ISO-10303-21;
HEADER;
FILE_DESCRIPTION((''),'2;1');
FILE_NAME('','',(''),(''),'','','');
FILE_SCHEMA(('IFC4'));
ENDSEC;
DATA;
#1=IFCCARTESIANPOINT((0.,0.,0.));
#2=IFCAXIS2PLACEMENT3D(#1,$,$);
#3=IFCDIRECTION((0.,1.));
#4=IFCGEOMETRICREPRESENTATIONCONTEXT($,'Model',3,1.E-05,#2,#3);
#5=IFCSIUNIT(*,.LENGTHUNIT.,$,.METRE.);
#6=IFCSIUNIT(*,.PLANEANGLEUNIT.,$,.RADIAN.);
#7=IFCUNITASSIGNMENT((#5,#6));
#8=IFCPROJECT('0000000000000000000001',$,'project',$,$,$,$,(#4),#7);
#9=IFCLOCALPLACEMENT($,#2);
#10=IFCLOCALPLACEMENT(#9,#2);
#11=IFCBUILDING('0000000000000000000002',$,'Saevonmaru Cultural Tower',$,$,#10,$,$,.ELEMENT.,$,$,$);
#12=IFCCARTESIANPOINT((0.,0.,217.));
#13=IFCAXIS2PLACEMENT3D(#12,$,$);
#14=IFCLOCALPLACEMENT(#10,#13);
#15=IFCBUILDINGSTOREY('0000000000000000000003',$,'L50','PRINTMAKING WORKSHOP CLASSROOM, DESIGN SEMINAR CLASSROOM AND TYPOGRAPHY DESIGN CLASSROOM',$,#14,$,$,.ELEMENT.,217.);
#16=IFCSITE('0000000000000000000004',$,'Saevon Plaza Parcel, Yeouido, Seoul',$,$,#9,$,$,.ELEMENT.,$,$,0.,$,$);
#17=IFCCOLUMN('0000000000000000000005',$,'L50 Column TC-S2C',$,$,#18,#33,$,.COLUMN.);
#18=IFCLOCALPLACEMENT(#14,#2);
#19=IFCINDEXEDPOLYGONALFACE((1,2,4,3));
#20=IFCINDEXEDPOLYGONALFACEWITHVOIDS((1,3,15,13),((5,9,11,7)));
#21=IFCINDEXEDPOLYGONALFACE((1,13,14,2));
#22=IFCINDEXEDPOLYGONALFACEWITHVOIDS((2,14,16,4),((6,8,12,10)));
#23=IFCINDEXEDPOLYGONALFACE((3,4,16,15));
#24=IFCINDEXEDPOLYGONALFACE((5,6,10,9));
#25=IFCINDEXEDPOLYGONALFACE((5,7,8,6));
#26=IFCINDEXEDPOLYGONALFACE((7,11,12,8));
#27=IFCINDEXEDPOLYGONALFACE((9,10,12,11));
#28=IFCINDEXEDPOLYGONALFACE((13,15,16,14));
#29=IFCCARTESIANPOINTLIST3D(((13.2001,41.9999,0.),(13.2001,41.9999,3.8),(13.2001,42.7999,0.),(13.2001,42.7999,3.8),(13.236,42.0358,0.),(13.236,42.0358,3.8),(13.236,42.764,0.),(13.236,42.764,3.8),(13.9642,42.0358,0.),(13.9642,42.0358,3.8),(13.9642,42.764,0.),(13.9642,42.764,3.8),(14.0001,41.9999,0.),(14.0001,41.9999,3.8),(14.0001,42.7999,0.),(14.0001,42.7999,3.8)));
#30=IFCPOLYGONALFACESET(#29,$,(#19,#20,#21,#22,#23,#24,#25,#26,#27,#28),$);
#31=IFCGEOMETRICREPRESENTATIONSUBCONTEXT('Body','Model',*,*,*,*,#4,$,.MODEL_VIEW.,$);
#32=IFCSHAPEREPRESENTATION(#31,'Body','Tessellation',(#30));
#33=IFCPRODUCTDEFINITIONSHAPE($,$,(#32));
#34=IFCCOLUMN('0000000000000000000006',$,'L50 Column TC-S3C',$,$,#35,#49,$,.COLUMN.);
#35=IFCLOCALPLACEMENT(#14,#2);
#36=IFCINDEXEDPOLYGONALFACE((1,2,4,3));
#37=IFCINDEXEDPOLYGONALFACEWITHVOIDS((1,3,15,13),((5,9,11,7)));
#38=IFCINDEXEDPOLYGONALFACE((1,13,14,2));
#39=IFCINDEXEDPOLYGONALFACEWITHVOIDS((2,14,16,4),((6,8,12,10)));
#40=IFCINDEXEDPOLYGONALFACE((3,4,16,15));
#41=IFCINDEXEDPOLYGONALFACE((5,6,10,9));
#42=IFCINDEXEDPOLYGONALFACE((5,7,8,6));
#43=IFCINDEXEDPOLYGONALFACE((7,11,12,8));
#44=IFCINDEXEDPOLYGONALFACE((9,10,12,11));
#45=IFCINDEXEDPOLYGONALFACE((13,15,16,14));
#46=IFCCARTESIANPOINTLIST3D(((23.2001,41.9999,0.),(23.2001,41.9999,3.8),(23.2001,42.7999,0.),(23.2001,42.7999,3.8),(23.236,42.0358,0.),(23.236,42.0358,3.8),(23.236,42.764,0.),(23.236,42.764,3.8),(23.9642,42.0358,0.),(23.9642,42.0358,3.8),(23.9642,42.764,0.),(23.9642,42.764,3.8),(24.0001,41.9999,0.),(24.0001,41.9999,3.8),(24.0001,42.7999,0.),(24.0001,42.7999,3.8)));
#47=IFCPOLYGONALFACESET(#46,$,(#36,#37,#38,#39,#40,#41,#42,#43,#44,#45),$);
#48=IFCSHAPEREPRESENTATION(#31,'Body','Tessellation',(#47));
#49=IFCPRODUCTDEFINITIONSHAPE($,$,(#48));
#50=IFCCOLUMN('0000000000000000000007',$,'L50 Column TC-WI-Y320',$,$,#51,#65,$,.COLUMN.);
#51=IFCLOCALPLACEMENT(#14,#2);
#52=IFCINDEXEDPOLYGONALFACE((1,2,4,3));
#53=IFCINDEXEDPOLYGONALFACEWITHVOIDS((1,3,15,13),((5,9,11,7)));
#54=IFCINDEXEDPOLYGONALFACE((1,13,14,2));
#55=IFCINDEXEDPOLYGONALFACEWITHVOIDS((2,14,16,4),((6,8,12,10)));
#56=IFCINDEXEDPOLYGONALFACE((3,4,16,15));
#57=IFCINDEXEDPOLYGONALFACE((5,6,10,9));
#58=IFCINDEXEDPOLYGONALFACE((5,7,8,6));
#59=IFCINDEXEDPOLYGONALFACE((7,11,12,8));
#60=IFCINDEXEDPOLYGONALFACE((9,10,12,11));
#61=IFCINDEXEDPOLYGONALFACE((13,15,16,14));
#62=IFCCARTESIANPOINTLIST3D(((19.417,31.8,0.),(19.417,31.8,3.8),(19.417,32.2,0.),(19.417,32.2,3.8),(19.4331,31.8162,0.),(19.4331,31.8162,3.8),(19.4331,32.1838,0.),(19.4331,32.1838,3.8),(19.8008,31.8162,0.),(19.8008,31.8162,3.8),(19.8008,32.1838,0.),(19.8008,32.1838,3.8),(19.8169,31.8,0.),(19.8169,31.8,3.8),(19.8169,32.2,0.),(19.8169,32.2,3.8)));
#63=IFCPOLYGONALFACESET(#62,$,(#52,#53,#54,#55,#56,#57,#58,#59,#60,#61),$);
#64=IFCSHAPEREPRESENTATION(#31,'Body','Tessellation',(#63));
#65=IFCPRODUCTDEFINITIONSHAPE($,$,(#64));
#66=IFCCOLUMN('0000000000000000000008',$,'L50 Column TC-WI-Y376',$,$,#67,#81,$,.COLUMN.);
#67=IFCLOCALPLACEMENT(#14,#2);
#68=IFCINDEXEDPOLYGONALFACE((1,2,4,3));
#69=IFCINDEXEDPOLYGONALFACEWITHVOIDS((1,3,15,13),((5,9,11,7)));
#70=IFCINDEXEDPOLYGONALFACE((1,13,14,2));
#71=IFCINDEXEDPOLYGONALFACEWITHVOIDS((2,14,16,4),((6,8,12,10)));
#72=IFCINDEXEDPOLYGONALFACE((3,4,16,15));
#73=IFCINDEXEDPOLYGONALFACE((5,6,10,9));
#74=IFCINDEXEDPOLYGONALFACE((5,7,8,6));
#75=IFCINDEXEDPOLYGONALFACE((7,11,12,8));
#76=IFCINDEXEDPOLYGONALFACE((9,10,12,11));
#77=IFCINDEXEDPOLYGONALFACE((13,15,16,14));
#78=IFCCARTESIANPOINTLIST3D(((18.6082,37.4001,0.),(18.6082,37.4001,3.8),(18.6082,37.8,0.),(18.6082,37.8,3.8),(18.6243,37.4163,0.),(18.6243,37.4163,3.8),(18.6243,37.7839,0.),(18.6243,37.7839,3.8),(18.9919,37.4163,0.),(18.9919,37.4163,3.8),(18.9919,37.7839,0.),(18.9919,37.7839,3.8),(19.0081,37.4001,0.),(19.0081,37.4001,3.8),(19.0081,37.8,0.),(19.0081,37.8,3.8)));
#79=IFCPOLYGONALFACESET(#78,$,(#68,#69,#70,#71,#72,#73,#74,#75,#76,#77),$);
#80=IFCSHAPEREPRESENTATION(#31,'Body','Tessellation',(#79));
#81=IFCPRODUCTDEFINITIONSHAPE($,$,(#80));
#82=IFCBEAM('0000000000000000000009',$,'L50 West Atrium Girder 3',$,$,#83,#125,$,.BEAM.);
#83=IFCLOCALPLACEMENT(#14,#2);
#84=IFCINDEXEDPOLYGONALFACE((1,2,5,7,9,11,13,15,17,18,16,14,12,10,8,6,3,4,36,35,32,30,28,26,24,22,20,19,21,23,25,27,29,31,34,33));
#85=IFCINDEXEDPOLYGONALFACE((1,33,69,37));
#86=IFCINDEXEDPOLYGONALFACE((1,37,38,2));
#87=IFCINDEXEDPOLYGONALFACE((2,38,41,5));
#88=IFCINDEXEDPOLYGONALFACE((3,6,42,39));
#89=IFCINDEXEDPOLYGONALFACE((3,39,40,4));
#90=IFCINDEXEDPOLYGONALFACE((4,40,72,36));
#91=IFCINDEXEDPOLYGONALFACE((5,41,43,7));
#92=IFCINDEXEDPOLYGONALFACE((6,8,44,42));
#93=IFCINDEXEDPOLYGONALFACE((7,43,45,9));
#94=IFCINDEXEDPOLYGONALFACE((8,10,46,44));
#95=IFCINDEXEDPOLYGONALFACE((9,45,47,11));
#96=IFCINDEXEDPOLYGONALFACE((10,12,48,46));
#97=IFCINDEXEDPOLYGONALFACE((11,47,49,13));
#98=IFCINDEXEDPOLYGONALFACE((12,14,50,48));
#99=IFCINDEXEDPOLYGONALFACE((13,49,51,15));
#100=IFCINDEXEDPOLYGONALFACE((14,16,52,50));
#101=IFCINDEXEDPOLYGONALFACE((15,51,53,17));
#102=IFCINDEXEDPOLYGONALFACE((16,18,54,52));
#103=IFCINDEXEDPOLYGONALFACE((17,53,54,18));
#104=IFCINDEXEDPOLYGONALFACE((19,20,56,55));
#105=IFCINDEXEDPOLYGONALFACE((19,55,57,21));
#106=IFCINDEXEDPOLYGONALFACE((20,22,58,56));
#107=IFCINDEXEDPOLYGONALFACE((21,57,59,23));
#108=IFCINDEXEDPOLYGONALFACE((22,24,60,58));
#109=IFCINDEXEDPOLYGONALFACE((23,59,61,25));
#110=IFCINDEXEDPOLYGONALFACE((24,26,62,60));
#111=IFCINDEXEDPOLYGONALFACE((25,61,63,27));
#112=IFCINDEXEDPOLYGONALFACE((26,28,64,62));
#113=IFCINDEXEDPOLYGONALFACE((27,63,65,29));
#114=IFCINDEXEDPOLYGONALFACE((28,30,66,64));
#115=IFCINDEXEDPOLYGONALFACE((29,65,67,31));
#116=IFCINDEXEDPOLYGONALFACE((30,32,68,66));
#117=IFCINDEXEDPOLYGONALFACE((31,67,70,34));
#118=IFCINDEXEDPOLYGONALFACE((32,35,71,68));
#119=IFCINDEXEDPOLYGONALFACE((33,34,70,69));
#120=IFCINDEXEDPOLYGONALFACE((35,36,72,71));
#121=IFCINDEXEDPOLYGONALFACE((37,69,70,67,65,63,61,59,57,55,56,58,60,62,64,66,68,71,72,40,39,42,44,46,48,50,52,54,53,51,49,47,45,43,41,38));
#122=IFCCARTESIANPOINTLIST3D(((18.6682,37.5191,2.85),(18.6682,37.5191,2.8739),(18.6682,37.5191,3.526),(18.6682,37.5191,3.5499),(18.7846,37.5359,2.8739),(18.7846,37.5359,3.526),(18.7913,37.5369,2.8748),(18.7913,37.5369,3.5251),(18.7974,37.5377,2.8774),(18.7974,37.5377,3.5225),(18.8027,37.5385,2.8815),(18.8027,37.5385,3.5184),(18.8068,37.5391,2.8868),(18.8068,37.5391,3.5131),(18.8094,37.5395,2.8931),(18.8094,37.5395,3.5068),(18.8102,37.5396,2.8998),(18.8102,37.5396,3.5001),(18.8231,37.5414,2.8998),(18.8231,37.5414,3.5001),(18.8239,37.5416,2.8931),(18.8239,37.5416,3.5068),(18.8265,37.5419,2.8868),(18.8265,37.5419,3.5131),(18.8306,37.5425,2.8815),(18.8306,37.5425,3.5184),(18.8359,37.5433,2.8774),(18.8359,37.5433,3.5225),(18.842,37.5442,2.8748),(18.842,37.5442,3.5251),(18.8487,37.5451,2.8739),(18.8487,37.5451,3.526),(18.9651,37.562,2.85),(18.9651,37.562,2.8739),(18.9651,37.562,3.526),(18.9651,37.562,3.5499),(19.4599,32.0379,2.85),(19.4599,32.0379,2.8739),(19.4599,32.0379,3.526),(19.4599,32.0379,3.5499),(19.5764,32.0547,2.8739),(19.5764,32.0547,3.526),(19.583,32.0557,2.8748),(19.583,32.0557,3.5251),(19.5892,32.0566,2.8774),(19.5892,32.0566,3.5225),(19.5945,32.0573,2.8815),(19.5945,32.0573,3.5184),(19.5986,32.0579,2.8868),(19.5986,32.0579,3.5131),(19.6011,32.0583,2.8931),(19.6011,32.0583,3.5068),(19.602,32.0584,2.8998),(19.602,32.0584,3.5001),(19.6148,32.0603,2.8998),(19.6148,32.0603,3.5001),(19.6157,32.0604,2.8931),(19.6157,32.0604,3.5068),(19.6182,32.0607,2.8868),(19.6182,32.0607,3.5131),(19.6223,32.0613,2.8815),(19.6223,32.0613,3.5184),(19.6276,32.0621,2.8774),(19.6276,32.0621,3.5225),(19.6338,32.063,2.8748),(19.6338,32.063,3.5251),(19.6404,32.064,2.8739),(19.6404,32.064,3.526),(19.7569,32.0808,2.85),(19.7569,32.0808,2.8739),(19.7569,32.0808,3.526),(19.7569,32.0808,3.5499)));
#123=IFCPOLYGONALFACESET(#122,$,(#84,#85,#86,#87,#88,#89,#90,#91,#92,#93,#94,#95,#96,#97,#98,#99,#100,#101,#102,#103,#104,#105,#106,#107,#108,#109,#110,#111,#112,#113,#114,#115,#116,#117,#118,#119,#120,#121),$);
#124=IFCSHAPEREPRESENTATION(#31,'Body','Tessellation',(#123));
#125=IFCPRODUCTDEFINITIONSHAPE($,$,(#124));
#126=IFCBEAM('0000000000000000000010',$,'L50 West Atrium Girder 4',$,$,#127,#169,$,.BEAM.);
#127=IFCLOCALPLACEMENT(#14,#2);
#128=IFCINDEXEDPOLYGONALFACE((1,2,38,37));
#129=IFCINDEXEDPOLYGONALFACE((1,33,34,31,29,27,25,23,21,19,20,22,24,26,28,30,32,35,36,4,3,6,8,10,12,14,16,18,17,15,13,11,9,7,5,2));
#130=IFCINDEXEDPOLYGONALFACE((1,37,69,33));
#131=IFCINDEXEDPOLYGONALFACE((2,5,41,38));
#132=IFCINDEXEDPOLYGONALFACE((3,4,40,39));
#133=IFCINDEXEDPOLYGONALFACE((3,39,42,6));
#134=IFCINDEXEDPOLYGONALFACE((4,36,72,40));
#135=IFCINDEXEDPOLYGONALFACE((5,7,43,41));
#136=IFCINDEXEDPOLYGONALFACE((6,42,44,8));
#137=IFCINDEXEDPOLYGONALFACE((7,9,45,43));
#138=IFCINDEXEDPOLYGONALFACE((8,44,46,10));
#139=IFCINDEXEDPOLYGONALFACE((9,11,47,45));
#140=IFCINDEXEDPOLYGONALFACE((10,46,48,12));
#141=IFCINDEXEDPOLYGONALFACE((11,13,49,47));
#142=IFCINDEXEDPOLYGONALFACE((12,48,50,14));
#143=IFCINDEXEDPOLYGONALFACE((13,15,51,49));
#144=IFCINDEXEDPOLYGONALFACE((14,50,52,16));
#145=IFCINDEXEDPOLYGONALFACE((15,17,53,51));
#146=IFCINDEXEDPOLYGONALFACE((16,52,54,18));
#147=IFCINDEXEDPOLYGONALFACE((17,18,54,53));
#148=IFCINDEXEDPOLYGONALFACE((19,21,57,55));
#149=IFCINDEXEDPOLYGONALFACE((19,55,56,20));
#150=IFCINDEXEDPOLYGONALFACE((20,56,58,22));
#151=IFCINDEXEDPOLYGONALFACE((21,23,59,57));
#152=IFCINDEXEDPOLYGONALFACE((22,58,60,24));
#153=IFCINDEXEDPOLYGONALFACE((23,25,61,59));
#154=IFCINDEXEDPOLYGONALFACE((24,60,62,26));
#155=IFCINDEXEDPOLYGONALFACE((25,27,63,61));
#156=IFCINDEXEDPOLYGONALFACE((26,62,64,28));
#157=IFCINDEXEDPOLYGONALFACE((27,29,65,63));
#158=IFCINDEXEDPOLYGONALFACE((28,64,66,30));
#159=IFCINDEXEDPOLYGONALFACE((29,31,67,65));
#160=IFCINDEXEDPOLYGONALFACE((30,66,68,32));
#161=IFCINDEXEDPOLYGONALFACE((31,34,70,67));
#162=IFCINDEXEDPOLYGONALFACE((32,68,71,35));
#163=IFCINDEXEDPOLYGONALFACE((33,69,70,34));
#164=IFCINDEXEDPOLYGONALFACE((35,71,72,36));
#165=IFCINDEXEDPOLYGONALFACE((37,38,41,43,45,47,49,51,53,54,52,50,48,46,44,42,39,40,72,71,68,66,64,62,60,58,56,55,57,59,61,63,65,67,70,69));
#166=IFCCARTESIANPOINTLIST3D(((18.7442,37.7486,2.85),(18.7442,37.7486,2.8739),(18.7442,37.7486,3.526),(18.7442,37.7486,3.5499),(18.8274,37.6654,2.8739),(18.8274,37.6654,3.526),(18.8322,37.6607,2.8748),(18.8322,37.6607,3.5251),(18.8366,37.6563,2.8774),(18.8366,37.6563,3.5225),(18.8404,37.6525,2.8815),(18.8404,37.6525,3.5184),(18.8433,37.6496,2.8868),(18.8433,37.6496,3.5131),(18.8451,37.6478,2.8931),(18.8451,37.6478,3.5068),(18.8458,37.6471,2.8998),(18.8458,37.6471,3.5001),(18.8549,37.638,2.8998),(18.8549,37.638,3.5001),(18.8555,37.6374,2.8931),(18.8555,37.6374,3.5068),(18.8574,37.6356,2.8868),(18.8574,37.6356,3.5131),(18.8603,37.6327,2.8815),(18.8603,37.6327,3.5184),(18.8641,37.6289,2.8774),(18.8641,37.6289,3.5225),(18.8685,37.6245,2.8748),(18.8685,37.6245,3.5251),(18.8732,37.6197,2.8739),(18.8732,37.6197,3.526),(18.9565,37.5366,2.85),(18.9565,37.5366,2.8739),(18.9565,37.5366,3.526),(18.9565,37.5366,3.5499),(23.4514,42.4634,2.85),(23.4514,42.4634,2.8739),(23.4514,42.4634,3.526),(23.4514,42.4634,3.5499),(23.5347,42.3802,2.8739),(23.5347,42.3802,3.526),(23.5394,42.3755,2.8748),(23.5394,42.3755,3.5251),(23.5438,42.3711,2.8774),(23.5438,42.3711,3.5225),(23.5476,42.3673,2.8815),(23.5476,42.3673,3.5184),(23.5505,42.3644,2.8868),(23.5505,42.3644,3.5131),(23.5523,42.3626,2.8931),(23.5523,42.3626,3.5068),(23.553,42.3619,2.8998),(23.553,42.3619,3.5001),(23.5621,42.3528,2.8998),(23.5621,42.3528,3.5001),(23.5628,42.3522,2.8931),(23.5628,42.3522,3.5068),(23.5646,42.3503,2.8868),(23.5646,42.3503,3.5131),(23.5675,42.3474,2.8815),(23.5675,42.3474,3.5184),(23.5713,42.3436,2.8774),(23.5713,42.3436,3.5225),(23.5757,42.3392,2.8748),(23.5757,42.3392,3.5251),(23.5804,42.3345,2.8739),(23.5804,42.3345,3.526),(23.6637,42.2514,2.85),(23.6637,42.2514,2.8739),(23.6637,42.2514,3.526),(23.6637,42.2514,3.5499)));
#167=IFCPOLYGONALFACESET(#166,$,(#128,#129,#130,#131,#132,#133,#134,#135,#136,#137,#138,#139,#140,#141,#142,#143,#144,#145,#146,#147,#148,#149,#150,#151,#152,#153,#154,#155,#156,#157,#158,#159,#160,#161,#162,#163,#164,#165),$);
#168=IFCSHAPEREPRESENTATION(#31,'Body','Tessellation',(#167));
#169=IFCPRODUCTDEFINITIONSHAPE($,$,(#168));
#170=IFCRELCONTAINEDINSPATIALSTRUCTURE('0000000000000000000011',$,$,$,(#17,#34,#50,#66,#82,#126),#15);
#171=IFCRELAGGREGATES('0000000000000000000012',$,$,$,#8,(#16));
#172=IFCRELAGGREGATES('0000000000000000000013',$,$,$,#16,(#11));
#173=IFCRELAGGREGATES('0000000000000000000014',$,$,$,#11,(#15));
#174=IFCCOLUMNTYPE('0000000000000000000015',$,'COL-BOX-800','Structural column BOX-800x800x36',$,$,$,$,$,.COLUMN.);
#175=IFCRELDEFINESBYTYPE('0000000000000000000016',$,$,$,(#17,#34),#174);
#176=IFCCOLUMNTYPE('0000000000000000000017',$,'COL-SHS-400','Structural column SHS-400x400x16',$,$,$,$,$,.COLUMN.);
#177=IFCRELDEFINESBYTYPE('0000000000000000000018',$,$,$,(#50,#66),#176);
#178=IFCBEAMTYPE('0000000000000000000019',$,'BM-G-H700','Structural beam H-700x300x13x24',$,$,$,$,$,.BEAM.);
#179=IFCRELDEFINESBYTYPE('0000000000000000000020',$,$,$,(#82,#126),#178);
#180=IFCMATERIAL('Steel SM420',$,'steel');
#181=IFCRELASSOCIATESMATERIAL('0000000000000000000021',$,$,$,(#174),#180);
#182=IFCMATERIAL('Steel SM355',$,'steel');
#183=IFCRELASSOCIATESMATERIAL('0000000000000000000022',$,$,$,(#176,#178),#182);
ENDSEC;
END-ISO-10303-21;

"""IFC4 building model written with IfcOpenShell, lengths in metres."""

from ifc_helpers import new_model, si_unit, direction, frame, origin, origin_2d, place, context, subcontext, project, spatial, hollow_rectangle, i_section, extrude, material, material_profile, profile_set, type_object, element, save


model = new_model("IFC4")

# Units and contexts
model_context = context("Model", 3, precision=1e-05, world=origin(), true_north=direction((0.0, 1.0)))
body_context = subcontext(model_context, "Body", "Model", "MODEL_VIEW")
ifc_project = project(units=[si_unit("LENGTHUNIT", "METRE"), si_unit("PLANEANGLEUNIT", "RADIAN")], contexts=[model_context])

# Site, building, storey
site_placement = place(None, origin())
site = spatial("IfcSite", under=ifc_project, at=site_placement, Name="Saevon Plaza Parcel, Yeouido, Seoul", CompositionType="ELEMENT", RefElevation=0.0)
building_placement = place(site_placement, origin())
building = spatial("IfcBuilding", under=site, at=building_placement, Name="Saevonmaru Cultural Tower", CompositionType="ELEMENT")
storey_placement = place(building_placement, frame((0.0, 0.0, 217.0)))
storey = spatial("IfcBuildingStorey", under=building, at=storey_placement, Name="L50", Description="PRINTMAKING WORKSHOP CLASSROOM, DESIGN SEMINAR CLASSROOM AND TYPOGRAPHY DESIGN CLASSROOM", CompositionType="ELEMENT", Elevation=217.0)

# Columns
ifc_material_1 = material(Name="Steel SM420", Category="steel")
ifc_material_profile_1 = material_profile(ifc_material_1, hollow_rectangle(XDim=0.8, YDim=0.8, WallThickness=0.0359, at=origin_2d()), Name="BOX-800x800x36")
ifc_profile_set_1 = profile_set([ifc_material_profile_1], Name="Steel SM420")
column_type_1 = type_object("IfcColumnType", Name="COL-BOX-800", Description="Structural column BOX-800x800x36", PredefinedType="COLUMN", material=ifc_profile_set_1)
for number, where, z_axis, x_axis, name in (
    (1, (13.6001, 42.3999, 0.0), (0.0, 0.0, 1.0), (1.0, 0.0, 0.0), "L50 Column TC-S2C"),
    (2, (23.6001, 42.3999, 0.0), (0.0, 0.0, 1.0), (1.0, 0.0, 0.0), "L50 Column TC-S3C"),
):
    element("IfcColumn", number, at=place(storey_placement, frame(where, z_axis=z_axis, x_axis=x_axis)), inside=storey, type_object=column_type_1, Name=name, PredefinedType="COLUMN", context=body_context, shape_type="SweptSolid", body=[
        extrude(hollow_rectangle(XDim=0.8, YDim=0.8, WallThickness=0.0359, at=origin_2d()), origin(), (0.0, 0.0, 1.0), 3.8),
    ])
ifc_material_2 = material(Name="Steel SM355", Category="steel")
ifc_material_profile_2 = material_profile(ifc_material_2, hollow_rectangle(XDim=0.3999, YDim=0.3999, WallThickness=0.0161, at=origin_2d()), Name="SHS-400x400x16")
ifc_profile_set_2 = profile_set([ifc_material_profile_2], Name="Steel SM355")
column_type_2 = type_object("IfcColumnType", Name="COL-SHS-400", Description="Structural column SHS-400x400x16", PredefinedType="COLUMN", material=ifc_profile_set_2)
for number, where, z_axis, x_axis, name in (
    (3, (19.6169, 32.0, 0.0), (0.0, 0.0, 1.0), (1.0, 0.0, 0.0), "L50 Column TC-WI-Y320"),
    (4, (18.8081, 37.6001, 0.0), (0.0, 0.0, 1.0), (1.0, 0.0, 0.0), "L50 Column TC-WI-Y376"),
):
    element("IfcColumn", number, at=place(storey_placement, frame(where, z_axis=z_axis, x_axis=x_axis)), inside=storey, type_object=column_type_2, Name=name, PredefinedType="COLUMN", context=body_context, shape_type="SweptSolid", body=[
        extrude(hollow_rectangle(XDim=0.3999, YDim=0.3999, WallThickness=0.0161, at=origin_2d()), origin(), (0.0, 0.0, 1.0), 3.8),
    ])

# Beams
ifc_material_profile_3 = material_profile(ifc_material_2, i_section(OverallWidth=0.3, OverallDepth=0.7, WebThickness=0.0129, FlangeThickness=0.0239, FilletRadius=0.0259, at=origin_2d()), Name="H-700x300x13x24")
ifc_profile_set_3 = profile_set([ifc_material_profile_3], Name="Steel SM355")
beam_type = type_object("IfcBeamType", Name="BM-G-H700", Description="Structural beam H-700x300x13x24", PredefinedType="BEAM", material=ifc_profile_set_3)
beam_1_placement = place(storey_placement, frame((19.6084, 32.0593, 3.2), z_axis=(-0.142964, 0.989728, 0.0), x_axis=(-0.989728, -0.142964, 0.0)))
element("IfcBeam", 5, at=beam_1_placement, inside=storey, type_object=beam_type, Name="L50 West Atrium Girder 3", PredefinedType="BEAM", context=body_context, shape_type="SweptSolid", body=[
    extrude(i_section(OverallWidth=0.3, OverallDepth=0.7, WebThickness=0.0129, FlangeThickness=0.0239, FilletRadius=0.0259, at=origin_2d()), origin(), (0.0, 0.0, 1.0), 5.5381),
])
beam_2_placement = place(storey_placement, frame((18.8503, 37.6426, 3.2), z_axis=(0.706539, 0.707675, 0.0), x_axis=(-0.707675, 0.706539, 0.0)))
element("IfcBeam", 6, at=beam_2_placement, inside=storey, type_object=beam_type, Name="L50 West Atrium Girder 4", PredefinedType="BEAM", context=body_context, shape_type="SweptSolid", body=[
    extrude(i_section(OverallWidth=0.3, OverallDepth=0.7, WebThickness=0.0129, FlangeThickness=0.0239, FilletRadius=0.0259, at=origin_2d()), origin(), (0.0, 0.0, 1.0), 6.6624),
])

save(model, "model.ifc")
